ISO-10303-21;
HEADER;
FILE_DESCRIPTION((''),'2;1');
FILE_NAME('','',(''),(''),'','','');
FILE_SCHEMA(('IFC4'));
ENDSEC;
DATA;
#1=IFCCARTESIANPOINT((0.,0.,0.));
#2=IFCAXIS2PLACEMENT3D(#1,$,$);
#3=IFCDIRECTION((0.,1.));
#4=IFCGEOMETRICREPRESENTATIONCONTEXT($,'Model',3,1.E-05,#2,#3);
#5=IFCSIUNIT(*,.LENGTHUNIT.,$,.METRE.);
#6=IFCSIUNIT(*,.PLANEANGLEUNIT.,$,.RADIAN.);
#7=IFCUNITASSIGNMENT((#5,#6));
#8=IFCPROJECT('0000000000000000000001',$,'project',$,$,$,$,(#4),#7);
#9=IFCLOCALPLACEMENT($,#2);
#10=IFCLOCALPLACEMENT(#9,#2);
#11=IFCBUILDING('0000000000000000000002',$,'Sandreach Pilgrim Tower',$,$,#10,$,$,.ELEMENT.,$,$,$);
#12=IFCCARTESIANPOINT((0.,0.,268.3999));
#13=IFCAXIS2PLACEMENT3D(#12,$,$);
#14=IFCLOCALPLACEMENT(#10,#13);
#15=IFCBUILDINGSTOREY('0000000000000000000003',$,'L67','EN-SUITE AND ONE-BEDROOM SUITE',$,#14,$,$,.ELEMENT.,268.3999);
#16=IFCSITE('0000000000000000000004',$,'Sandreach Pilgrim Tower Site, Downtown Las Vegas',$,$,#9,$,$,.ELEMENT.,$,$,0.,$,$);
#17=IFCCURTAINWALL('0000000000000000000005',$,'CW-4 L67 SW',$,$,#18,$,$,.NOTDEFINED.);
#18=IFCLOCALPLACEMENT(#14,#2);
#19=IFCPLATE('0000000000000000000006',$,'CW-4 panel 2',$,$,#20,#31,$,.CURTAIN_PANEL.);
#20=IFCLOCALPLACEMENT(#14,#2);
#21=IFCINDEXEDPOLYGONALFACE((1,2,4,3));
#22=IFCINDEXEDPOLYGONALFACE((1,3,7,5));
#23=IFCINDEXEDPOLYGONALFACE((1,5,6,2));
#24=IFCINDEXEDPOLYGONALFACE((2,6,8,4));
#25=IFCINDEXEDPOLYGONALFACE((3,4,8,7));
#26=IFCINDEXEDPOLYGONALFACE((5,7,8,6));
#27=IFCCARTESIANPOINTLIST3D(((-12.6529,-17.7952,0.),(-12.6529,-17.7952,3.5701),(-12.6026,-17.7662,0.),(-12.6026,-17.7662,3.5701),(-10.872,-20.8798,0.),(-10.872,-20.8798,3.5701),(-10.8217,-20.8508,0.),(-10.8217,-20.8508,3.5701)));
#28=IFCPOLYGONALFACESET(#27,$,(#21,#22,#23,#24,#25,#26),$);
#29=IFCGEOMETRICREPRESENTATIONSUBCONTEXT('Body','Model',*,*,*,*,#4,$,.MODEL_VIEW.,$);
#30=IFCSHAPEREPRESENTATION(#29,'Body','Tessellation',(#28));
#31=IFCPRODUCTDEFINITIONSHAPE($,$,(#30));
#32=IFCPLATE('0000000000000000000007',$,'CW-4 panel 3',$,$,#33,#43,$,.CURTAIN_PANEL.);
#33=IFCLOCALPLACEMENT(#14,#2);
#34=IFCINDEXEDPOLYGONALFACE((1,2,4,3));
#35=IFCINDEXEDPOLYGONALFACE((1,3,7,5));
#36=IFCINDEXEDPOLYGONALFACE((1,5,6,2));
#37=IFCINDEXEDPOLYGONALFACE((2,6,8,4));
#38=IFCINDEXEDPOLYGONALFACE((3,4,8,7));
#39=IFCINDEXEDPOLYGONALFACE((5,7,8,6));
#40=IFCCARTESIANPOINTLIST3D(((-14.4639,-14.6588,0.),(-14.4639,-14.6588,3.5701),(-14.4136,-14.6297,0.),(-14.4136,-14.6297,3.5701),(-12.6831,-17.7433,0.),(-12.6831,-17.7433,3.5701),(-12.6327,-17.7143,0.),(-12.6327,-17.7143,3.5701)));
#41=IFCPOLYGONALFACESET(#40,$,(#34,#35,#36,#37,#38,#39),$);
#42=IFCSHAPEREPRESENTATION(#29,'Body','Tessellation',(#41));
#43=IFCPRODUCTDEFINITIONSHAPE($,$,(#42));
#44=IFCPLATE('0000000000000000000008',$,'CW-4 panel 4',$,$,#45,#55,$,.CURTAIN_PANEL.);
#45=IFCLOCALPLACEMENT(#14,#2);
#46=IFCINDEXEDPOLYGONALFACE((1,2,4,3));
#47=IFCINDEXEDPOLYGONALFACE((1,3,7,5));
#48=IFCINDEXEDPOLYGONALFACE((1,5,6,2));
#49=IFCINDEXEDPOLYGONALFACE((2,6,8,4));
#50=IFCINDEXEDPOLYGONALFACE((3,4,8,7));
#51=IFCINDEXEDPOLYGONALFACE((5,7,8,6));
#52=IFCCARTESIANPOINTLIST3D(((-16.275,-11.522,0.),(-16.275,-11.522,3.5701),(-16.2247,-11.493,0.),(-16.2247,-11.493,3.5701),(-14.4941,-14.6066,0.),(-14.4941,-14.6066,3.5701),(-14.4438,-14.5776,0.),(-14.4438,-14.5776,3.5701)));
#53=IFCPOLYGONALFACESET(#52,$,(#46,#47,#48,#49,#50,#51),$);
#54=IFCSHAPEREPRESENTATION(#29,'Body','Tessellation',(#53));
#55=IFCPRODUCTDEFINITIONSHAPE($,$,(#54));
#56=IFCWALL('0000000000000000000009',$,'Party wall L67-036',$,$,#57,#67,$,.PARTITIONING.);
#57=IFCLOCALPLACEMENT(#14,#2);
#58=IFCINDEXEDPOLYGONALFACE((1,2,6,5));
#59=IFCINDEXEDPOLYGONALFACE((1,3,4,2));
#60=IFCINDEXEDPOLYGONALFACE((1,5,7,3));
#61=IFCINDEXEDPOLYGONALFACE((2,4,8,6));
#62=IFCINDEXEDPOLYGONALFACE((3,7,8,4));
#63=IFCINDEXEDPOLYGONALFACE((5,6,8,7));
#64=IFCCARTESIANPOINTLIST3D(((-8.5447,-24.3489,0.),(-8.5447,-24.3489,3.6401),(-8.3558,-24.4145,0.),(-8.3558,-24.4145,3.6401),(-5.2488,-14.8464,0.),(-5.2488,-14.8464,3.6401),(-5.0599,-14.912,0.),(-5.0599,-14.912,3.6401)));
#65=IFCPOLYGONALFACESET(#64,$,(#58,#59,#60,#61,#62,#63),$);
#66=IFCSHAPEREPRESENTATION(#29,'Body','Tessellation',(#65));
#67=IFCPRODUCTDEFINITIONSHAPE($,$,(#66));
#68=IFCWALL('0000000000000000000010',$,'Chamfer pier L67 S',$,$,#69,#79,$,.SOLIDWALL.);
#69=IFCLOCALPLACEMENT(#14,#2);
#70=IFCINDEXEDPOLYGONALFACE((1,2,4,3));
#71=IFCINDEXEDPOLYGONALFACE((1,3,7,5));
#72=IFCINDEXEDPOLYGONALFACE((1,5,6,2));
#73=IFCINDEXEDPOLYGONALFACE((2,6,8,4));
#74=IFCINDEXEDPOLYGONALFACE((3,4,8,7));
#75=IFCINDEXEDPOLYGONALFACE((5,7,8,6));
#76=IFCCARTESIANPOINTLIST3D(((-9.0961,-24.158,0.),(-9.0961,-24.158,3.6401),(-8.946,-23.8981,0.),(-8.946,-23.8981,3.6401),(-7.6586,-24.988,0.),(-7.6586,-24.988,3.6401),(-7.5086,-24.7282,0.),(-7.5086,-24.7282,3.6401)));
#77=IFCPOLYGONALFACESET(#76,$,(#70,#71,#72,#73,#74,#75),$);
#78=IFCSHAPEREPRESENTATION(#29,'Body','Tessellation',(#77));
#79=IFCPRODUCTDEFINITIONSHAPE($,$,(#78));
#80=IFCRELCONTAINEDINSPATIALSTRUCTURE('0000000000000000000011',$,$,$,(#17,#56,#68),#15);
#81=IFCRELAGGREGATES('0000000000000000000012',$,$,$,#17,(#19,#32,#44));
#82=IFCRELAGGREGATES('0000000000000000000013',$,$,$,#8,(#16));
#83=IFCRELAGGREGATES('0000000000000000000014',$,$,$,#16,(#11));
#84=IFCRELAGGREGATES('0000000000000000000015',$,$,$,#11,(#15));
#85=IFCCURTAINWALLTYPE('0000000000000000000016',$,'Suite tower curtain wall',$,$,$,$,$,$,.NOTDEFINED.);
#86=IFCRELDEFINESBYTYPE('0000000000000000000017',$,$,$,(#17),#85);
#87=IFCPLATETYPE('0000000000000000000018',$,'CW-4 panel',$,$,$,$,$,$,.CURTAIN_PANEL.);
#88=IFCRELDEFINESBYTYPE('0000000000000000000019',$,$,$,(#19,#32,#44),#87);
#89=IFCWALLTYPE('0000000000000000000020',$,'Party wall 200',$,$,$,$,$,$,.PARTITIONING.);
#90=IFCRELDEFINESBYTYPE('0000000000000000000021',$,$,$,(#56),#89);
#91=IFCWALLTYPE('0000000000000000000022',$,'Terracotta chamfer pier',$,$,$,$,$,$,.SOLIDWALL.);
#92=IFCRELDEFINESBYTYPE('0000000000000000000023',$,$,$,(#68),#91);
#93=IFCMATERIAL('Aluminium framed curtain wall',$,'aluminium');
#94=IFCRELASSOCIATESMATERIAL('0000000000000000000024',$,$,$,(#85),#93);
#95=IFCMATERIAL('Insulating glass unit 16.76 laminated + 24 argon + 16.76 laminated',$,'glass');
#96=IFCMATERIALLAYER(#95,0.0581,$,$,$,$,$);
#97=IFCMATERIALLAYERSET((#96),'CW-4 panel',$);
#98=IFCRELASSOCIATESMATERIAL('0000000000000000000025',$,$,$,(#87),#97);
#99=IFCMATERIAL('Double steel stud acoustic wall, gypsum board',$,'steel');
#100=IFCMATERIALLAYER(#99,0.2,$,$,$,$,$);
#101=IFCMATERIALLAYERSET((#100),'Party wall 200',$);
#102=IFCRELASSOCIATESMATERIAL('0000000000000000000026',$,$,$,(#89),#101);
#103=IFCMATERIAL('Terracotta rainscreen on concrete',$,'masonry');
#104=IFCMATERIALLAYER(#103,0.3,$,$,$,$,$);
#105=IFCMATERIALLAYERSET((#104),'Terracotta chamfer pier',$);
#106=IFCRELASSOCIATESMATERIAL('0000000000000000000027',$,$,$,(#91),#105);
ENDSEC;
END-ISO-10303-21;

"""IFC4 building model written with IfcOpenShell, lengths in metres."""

from ifc_helpers import new_model, si_unit, direction, frame, frame_2d, origin, origin_2d, place, context, subcontext, project, spatial, rectangle, extrude, material, layer, layer_set, type_object, element, aggregate, save


model = new_model("IFC4")

# Units and contexts
model_context = context("Model", 3, precision=1e-05, world=origin(), true_north=direction((0.0, 1.0)))
body_context = subcontext(model_context, "Body", "Model", "MODEL_VIEW")
ifc_project = project(units=[si_unit("LENGTHUNIT", "METRE"), si_unit("PLANEANGLEUNIT", "RADIAN")], contexts=[model_context])

# Site, building, storey
site_placement = place(None, origin())
site = spatial("IfcSite", under=ifc_project, at=site_placement, Name="Sandreach Pilgrim Tower Site, Downtown Las Vegas", CompositionType="ELEMENT", RefElevation=0.0)
building_placement = place(site_placement, origin())
building = spatial("IfcBuilding", under=site, at=building_placement, Name="Sandreach Pilgrim Tower", CompositionType="ELEMENT")
storey_placement = place(building_placement, frame((0.0, 0.0, 268.3999)))
storey = spatial("IfcBuildingStorey", under=building, at=storey_placement, Name="L67", Description="EN-SUITE AND ONE-BEDROOM SUITE", CompositionType="ELEMENT", Elevation=268.3999)

# Shared definitions
ifc_material_1 = material(Name="Aluminium framed curtain wall", Category="aluminium")
curtain_wall_type = type_object("IfcCurtainWallType", Name="Suite tower curtain wall", PredefinedType="NOTDEFINED", material=ifc_material_1)

# Curtain wall
curtain_wall_1_placement = place(storey_placement, origin())
curtain_wall_1 = element("IfcCurtainWall", 1, at=curtain_wall_1_placement, inside=storey, type_object=curtain_wall_type, Name="CW-4 L67 SW", PredefinedType="NOTDEFINED")

# Plates
ifc_material_2 = material(Name="Insulating glass unit 16.76 laminated + 24 argon + 16.76 laminated", Category="glass")
ifc_layer_1 = layer(ifc_material_2, 0.0581)
ifc_layer_set_1 = layer_set([ifc_layer_1], Name="CW-4 panel")
plate_type = type_object("IfcPlateType", Name="CW-4 panel", PredefinedType="CURTAIN_PANEL", material=ifc_layer_set_1)
plate_1_placement = place(storey_placement, frame((-11.7373, -19.323, 0.0), z_axis=(0.0, 0.0, 1.0), x_axis=(-0.5, 0.866025, 0.0)))
plate_1 = element("IfcPlate", 2, at=plate_1_placement, type_object=plate_type, Name="CW-4 panel 2", PredefinedType="CURTAIN_PANEL", context=body_context, shape_type="SweptSolid", body=[
    extrude(rectangle(XDim=3.5618, YDim=0.0581, at=origin_2d()), origin(), (0.0, 0.0, 1.0), 3.5701),
])
plate_2_placement = place(storey_placement, frame((-13.5483, -16.1865, 0.0), z_axis=(0.0, 0.0, 1.0), x_axis=(-0.5, 0.866025, 0.0)))
plate_2 = element("IfcPlate", 3, at=plate_2_placement, type_object=plate_type, Name="CW-4 panel 3", PredefinedType="CURTAIN_PANEL", context=body_context, shape_type="SweptSolid", body=[
    extrude(rectangle(XDim=3.5618, YDim=0.0581, at=origin_2d()), origin(), (0.0, 0.0, 1.0), 3.5701),
])
plate_3_placement = place(storey_placement, frame((-15.3594, -13.0498, 0.0), z_axis=(0.0, 0.0, 1.0), x_axis=(-0.5, 0.866025, 0.0)))
plate_3 = element("IfcPlate", 4, at=plate_3_placement, type_object=plate_type, Name="CW-4 panel 4", PredefinedType="CURTAIN_PANEL", context=body_context, shape_type="SweptSolid", body=[
    extrude(rectangle(XDim=3.5618, YDim=0.0581, at=origin_2d()), origin(), (0.0, 0.0, 1.0), 3.5701),
])
aggregate(curtain_wall_1, [plate_1, plate_2, plate_3])

# Walls
ifc_material_3 = material(Name="Double steel stud acoustic wall, gypsum board", Category="steel")
ifc_layer_2 = layer(ifc_material_3, 0.2)
ifc_layer_set_2 = layer_set([ifc_layer_2], Name="Party wall 200")
wall_type_1 = type_object("IfcWallType", Name="Party wall 200", PredefinedType="PARTITIONING", material=ifc_layer_set_2)
wall_1_placement = place(storey_placement, frame((-8.4502, -24.3816, 0.0), z_axis=(0.0, 0.0, 1.0), x_axis=(0.327696, 0.944783, 0.0)))
element("IfcWall", 5, at=wall_1_placement, inside=storey, type_object=wall_type_1, Name="Party wall L67-036", PredefinedType="PARTITIONING", context=body_context, shape_type="SweptSolid", body=[
    extrude(rectangle(XDim=10.0579, YDim=0.2, at=frame_2d((5.0288, 0.0))), origin(), (0.0, 0.0, 1.0), 3.6401),
])
ifc_material_4 = material(Name="Terracotta rainscreen on concrete", Category="masonry")
ifc_layer_3 = layer(ifc_material_4, 0.3)
ifc_layer_set_3 = layer_set([ifc_layer_3], Name="Terracotta chamfer pier")
wall_type_2 = type_object("IfcWallType", Name="Terracotta chamfer pier", PredefinedType="SOLIDWALL", material=ifc_layer_set_3)
wall_2_placement = place(storey_placement, frame((-7.5835, -24.8582, 0.0), z_axis=(0.0, 0.0, 1.0), x_axis=(-0.86599, 0.500062, 0.0)))
element("IfcWall", 6, at=wall_2_placement, inside=storey, type_object=wall_type_2, Name="Chamfer pier L67 S", PredefinedType="SOLIDWALL", context=body_context, shape_type="SweptSolid", body=[
    extrude(rectangle(XDim=1.6599, YDim=0.3, at=frame_2d((0.8301, 0.0))), origin(), (0.0, 0.0, 1.0), 3.6401),
])

save(model, "model.ifc")
